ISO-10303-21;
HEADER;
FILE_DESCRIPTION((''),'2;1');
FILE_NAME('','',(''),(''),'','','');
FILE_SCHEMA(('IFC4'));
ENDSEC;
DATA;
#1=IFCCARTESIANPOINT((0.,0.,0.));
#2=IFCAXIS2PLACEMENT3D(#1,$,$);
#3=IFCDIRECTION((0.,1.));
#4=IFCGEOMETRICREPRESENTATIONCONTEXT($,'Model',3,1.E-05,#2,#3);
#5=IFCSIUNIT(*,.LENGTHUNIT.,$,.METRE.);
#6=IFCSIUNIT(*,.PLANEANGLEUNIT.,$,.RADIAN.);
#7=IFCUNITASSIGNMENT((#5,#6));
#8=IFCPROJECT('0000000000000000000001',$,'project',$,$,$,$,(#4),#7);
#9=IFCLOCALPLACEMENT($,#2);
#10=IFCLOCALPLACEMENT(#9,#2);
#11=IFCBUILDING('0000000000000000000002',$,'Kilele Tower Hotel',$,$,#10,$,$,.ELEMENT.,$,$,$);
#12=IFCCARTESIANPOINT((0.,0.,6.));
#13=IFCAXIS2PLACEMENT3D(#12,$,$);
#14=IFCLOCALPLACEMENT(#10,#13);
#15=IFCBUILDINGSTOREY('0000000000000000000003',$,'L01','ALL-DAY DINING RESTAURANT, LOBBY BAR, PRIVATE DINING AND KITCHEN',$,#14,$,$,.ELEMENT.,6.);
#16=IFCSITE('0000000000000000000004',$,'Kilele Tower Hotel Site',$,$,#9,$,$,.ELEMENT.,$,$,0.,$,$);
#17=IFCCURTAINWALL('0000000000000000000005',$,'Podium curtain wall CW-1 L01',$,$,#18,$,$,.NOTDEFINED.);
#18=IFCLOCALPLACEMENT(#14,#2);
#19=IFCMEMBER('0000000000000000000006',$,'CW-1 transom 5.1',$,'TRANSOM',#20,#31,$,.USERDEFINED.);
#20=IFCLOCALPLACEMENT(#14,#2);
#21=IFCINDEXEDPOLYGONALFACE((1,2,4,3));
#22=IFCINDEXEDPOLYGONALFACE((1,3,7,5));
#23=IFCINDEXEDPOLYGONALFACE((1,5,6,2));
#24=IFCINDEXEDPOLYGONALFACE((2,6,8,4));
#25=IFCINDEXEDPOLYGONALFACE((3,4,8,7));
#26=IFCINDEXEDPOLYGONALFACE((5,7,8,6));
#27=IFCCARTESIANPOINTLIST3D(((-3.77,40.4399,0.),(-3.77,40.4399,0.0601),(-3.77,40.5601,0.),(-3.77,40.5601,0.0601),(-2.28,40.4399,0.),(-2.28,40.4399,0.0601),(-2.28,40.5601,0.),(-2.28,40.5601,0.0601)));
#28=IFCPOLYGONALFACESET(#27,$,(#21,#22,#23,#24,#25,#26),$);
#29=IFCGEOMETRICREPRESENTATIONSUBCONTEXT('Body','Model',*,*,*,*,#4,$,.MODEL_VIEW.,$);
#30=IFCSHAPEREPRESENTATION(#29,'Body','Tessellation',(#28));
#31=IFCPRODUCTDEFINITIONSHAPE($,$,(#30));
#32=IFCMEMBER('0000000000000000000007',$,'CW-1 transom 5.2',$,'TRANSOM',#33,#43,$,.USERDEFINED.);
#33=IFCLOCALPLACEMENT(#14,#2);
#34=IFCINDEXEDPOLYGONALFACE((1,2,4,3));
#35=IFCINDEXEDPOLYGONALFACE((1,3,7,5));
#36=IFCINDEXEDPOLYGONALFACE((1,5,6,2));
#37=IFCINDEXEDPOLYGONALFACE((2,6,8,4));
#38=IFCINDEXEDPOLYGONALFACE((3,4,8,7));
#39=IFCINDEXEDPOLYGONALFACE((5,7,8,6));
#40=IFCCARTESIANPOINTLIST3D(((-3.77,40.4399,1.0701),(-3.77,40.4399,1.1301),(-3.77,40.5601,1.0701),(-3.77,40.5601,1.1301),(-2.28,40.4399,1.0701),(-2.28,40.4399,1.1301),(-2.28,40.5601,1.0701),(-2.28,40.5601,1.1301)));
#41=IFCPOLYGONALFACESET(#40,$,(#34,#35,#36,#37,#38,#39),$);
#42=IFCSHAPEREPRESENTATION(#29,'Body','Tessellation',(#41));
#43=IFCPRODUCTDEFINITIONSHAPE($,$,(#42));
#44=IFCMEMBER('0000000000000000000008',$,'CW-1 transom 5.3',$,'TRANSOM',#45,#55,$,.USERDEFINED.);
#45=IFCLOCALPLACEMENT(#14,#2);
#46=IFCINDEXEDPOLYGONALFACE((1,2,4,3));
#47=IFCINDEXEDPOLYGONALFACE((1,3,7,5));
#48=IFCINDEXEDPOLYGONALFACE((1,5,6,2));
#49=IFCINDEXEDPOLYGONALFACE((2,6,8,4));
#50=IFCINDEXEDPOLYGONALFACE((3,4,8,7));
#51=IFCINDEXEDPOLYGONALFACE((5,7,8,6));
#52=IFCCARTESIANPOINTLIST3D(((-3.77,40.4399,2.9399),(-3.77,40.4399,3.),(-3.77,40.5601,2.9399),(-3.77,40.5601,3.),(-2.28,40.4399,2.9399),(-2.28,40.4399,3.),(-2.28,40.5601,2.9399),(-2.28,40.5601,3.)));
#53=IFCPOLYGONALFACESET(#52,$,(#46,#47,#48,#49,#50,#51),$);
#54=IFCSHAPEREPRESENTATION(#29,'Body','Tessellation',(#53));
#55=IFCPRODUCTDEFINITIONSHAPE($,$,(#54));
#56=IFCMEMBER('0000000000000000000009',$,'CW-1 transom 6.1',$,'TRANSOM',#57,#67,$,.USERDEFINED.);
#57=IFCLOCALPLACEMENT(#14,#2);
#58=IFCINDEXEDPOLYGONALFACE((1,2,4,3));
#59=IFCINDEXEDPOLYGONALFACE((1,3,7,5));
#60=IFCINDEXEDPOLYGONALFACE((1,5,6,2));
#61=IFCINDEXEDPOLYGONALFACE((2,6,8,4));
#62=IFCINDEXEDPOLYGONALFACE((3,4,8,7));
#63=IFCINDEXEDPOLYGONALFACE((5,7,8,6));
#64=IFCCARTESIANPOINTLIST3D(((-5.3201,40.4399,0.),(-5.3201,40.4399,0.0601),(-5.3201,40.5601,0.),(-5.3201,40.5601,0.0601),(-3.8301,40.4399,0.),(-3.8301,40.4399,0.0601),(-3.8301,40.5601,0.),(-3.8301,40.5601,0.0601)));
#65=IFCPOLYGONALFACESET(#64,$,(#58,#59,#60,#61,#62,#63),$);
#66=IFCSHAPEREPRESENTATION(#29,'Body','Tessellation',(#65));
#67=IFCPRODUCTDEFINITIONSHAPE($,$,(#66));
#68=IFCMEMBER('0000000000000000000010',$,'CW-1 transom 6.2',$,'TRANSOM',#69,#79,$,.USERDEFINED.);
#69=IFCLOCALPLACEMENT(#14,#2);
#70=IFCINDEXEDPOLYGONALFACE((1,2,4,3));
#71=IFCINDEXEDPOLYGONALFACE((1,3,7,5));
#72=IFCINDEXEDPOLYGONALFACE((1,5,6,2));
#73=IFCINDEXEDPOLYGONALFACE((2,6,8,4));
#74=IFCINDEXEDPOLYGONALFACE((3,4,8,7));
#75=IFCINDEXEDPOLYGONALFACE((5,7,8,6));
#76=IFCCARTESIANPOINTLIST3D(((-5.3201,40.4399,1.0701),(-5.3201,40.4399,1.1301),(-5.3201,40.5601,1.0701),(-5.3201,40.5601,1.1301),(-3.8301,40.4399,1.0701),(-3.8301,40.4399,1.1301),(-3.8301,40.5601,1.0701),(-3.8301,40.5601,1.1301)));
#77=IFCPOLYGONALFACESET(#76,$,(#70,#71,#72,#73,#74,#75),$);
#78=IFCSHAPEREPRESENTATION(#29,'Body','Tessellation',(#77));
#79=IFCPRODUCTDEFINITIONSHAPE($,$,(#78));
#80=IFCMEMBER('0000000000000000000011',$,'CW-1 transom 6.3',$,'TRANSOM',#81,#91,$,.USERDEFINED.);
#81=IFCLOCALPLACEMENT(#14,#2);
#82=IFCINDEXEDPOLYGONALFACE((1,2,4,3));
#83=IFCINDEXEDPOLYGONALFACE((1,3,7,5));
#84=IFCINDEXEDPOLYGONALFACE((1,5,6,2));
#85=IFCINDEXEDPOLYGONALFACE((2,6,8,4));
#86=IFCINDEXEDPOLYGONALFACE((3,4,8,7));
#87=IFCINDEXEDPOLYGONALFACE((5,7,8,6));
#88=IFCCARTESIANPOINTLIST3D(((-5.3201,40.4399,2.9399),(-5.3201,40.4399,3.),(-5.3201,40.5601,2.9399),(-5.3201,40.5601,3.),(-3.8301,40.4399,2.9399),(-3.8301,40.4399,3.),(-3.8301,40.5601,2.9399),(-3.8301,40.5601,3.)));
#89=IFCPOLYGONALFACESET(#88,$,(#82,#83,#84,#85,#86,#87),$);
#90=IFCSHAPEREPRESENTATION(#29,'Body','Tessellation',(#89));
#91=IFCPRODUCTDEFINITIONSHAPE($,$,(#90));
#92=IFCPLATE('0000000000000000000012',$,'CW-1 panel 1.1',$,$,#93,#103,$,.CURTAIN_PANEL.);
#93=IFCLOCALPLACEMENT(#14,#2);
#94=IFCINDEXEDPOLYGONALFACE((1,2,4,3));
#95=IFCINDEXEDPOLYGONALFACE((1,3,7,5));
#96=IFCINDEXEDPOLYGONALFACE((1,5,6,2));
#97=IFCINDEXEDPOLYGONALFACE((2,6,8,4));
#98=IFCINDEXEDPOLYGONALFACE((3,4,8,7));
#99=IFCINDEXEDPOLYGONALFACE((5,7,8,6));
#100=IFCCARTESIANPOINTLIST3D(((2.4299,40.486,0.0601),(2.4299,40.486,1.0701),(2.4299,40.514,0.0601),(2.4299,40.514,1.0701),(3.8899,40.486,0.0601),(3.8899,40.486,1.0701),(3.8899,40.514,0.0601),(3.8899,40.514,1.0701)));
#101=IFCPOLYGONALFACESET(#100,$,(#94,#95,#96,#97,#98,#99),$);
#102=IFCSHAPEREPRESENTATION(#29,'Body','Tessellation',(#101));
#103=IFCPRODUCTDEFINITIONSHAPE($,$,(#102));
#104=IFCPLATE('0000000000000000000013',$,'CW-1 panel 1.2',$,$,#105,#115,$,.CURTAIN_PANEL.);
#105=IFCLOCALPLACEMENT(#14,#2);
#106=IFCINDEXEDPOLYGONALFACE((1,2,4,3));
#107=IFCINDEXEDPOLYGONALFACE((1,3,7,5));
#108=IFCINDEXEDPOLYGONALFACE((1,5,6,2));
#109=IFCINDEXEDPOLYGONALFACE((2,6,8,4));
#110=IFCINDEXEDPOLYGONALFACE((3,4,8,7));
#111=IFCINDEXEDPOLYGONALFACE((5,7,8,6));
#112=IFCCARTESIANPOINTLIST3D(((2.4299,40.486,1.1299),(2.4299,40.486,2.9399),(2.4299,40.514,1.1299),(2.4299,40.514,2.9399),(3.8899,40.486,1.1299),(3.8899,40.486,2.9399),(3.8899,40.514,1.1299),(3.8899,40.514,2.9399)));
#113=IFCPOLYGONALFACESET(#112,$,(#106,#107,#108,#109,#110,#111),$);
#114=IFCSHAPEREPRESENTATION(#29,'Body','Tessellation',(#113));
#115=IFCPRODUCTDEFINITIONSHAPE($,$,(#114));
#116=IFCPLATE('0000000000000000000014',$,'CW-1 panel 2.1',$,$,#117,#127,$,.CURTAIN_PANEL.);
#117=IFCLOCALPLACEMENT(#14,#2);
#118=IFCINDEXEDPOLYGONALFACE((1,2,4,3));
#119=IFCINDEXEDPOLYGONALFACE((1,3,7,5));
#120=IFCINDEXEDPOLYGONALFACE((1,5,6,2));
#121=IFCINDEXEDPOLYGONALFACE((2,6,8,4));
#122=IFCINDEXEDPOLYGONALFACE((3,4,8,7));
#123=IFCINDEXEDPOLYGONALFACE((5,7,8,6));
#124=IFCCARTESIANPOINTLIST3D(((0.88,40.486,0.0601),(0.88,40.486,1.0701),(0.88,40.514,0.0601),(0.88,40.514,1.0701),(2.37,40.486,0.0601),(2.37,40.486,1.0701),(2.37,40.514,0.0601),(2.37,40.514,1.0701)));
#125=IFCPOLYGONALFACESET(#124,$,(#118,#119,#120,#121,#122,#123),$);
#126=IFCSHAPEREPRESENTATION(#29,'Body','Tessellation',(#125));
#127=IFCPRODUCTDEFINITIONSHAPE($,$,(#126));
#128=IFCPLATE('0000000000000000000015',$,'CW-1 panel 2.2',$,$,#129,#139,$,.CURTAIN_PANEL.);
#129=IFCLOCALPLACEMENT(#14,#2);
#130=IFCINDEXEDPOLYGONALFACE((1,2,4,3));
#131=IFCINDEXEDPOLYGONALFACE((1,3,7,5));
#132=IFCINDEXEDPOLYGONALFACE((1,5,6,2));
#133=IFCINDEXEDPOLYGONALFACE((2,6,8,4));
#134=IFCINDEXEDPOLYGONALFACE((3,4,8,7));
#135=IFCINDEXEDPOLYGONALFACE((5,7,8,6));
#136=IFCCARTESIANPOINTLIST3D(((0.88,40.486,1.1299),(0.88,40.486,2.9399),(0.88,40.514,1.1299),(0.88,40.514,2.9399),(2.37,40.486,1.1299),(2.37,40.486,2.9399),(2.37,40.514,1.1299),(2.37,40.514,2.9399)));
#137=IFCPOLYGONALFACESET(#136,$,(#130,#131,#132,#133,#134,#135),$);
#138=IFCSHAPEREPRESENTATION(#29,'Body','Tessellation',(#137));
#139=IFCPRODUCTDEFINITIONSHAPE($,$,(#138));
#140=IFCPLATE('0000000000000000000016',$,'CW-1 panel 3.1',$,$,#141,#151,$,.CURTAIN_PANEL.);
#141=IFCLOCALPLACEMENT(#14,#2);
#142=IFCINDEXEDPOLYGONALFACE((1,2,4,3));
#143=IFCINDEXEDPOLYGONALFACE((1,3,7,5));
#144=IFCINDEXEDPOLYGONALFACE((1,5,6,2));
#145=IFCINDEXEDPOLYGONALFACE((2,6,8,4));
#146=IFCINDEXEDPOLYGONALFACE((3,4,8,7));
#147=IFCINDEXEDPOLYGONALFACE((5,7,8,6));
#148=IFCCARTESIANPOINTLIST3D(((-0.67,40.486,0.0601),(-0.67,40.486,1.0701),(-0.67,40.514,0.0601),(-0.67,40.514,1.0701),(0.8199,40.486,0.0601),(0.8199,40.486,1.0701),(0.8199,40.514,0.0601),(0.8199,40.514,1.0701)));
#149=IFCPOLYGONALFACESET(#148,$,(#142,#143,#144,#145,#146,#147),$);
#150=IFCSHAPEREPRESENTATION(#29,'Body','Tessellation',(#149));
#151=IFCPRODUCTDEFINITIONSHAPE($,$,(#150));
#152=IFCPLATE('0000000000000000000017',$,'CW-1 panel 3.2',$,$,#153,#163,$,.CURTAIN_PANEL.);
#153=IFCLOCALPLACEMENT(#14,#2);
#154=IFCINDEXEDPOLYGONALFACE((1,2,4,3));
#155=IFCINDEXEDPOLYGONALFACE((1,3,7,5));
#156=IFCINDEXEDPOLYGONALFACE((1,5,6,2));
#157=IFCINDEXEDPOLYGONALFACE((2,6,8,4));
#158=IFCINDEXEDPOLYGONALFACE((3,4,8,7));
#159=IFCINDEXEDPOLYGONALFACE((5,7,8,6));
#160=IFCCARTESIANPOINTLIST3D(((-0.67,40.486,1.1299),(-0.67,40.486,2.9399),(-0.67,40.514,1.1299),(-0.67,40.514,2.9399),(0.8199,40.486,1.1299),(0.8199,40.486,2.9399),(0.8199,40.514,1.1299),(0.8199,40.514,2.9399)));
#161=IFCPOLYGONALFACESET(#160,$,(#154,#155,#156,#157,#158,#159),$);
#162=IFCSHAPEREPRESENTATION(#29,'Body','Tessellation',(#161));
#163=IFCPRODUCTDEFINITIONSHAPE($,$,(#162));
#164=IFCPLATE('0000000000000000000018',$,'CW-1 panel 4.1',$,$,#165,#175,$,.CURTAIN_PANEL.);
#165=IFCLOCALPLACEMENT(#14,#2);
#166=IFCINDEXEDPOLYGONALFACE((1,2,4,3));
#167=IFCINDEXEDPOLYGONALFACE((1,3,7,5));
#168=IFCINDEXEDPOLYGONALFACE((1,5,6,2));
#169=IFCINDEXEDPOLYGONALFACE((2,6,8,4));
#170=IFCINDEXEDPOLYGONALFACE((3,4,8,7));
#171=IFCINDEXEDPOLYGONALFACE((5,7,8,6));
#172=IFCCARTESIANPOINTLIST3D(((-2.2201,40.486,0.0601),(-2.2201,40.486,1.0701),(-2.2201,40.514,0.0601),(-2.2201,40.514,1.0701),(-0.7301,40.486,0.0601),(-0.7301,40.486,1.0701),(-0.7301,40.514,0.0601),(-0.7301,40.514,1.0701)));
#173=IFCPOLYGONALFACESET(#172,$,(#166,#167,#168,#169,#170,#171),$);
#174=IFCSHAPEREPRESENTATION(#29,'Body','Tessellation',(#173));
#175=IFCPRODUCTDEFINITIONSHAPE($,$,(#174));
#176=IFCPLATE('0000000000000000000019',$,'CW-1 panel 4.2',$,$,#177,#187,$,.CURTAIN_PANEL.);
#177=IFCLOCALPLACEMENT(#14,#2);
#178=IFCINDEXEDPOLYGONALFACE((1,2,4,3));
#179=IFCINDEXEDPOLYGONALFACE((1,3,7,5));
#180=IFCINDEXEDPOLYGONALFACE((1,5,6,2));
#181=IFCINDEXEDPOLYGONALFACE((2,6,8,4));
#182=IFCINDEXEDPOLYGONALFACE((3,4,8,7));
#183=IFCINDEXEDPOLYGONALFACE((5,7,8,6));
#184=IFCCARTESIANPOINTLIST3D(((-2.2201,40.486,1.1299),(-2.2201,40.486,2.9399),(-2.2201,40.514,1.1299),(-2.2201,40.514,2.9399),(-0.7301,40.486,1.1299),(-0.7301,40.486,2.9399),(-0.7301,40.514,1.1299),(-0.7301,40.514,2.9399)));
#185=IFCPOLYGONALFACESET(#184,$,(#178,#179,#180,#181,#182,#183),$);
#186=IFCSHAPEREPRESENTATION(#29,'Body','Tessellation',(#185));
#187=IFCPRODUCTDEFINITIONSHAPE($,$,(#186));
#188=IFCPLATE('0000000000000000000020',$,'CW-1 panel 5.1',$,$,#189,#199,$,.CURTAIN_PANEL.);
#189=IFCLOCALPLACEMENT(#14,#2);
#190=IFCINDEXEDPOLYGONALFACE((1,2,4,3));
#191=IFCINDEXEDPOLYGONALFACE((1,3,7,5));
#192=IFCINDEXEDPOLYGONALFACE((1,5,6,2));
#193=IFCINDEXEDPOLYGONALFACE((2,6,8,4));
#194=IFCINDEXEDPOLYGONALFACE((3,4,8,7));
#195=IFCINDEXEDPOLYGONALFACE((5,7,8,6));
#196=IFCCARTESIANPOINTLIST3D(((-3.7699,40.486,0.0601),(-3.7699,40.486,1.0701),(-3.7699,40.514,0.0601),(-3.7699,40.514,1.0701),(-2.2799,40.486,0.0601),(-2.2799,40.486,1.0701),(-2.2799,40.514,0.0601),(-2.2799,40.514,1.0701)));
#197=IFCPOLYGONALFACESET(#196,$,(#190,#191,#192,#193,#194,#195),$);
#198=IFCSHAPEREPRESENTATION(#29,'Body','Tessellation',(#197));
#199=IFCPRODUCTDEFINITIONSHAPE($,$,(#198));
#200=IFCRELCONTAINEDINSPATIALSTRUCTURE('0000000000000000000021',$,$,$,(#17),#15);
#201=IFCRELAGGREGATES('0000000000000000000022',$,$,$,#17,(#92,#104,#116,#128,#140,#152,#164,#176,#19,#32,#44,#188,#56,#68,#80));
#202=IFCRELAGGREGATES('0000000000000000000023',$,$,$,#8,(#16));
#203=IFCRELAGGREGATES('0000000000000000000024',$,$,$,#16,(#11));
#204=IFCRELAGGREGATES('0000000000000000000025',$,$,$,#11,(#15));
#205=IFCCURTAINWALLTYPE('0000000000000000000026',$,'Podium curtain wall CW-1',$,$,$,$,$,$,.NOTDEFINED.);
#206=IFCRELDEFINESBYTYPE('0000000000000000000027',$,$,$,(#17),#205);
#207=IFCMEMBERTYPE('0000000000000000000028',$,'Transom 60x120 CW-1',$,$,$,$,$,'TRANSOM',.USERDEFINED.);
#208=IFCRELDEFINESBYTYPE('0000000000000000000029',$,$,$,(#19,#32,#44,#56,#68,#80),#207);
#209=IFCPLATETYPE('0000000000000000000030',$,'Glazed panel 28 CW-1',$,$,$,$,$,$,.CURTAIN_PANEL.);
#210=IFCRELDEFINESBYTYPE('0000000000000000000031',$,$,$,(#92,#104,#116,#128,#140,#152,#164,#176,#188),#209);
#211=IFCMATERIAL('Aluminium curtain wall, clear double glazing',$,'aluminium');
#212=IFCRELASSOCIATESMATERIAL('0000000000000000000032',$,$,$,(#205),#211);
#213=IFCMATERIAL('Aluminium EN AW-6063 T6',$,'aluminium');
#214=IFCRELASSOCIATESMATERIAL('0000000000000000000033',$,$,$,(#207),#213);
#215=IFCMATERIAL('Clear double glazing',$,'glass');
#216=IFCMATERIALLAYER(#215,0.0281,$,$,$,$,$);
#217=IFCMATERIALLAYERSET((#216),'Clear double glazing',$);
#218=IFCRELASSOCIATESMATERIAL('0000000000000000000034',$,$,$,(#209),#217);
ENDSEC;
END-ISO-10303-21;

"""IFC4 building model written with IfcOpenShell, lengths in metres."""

from ifc_helpers import new_model, si_unit, direction, frame, origin, origin_2d, place, context, subcontext, project, spatial, rectangle, extrude, material, layer, layer_set, material_profile, profile_set, type_object, element, aggregate, save


model = new_model("IFC4")

# Units and contexts
model_context = context("Model", 3, precision=1e-05, world=origin(), true_north=direction((0.0, 1.0)))
body_context = subcontext(model_context, "Body", "Model", "MODEL_VIEW")
ifc_project = project(units=[si_unit("LENGTHUNIT", "METRE"), si_unit("PLANEANGLEUNIT", "RADIAN")], contexts=[model_context])

# Site, building, storey
site_placement = place(None, origin())
site = spatial("IfcSite", under=ifc_project, at=site_placement, Name="Kilele Tower Hotel Site", CompositionType="ELEMENT", RefElevation=0.0)
building_placement = place(site_placement, origin())
building = spatial("IfcBuilding", under=site, at=building_placement, Name="Kilele Tower Hotel", CompositionType="ELEMENT")
storey_placement = place(building_placement, frame((0.0, 0.0, 6.0)))
storey = spatial("IfcBuildingStorey", under=building, at=storey_placement, Name="L01", Description="ALL-DAY DINING RESTAURANT, LOBBY BAR, PRIVATE DINING AND KITCHEN", CompositionType="ELEMENT", Elevation=6.0)

# Curtain wall, members, plates
ifc_material_1 = material(Name="Aluminium curtain wall, clear double glazing", Category="aluminium")
curtain_wall_type = type_object("IfcCurtainWallType", Name="Podium curtain wall CW-1", PredefinedType="NOTDEFINED", material=ifc_material_1)
curtain_wall_placement = place(storey_placement, origin())
curtain_wall = element("IfcCurtainWall", 1, at=curtain_wall_placement, inside=storey, type_object=curtain_wall_type, Name="Podium curtain wall CW-1 L01", PredefinedType="NOTDEFINED")
ifc_material_2 = material(Name="Aluminium EN AW-6063 T6", Category="aluminium")
ifc_material_profile_1 = material_profile(ifc_material_2, rectangle(XDim=0.1201, YDim=0.0601, at=origin_2d()))
ifc_profile_set_1 = profile_set([ifc_material_profile_1], Name="Aluminium EN AW-6063 T6")
member_type_1 = type_object("IfcMemberType", Name="Transom 60x120 CW-1", ElementType="TRANSOM", PredefinedType="USERDEFINED", material=ifc_profile_set_1)
member_1_placement = place(storey_placement, frame((-2.28, 40.5, 0.03), z_axis=(-1.0, 0.0, 0.0), x_axis=(0.0, -1.0, 0.0)))
member_1 = element("IfcMember", 2, at=member_1_placement, type_object=member_type_1, Name="CW-1 transom 5.1", ObjectType="TRANSOM", PredefinedType="USERDEFINED", context=body_context, shape_type="SweptSolid", body=[
    extrude(rectangle(XDim=0.1201, YDim=0.0601, at=origin_2d()), origin(), (0.0, 0.0, 1.0), 1.49),
])
member_2_placement = place(storey_placement, frame((-2.28, 40.5, 1.1001), z_axis=(-1.0, 0.0, 0.0), x_axis=(0.0, -1.0, 0.0)))
member_2 = element("IfcMember", 3, at=member_2_placement, type_object=member_type_1, Name="CW-1 transom 5.2", ObjectType="TRANSOM", PredefinedType="USERDEFINED", context=body_context, shape_type="SweptSolid", body=[
    extrude(rectangle(XDim=0.1201, YDim=0.0601, at=origin_2d()), origin(), (0.0, 0.0, 1.0), 1.49),
])
member_3_placement = place(storey_placement, frame((-2.28, 40.5, 2.97), z_axis=(-1.0, 0.0, 0.0), x_axis=(0.0, -1.0, 0.0)))
member_3 = element("IfcMember", 4, at=member_3_placement, type_object=member_type_1, Name="CW-1 transom 5.3", ObjectType="TRANSOM", PredefinedType="USERDEFINED", context=body_context, shape_type="SweptSolid", body=[
    extrude(rectangle(XDim=0.1201, YDim=0.0601, at=origin_2d()), origin(), (0.0, 0.0, 1.0), 1.49),
])
member_4_placement = place(storey_placement, frame((-3.8301, 40.5, 0.03), z_axis=(-1.0, 0.0, 0.0), x_axis=(0.0, -1.0, 0.0)))
member_4 = element("IfcMember", 5, at=member_4_placement, type_object=member_type_1, Name="CW-1 transom 6.1", ObjectType="TRANSOM", PredefinedType="USERDEFINED", context=body_context, shape_type="SweptSolid", body=[
    extrude(rectangle(XDim=0.1201, YDim=0.0601, at=origin_2d()), origin(), (0.0, 0.0, 1.0), 1.49),
])
member_5_placement = place(storey_placement, frame((-3.8301, 40.5, 1.1001), z_axis=(-1.0, 0.0, 0.0), x_axis=(0.0, -1.0, 0.0)))
member_5 = element("IfcMember", 6, at=member_5_placement, type_object=member_type_1, Name="CW-1 transom 6.2", ObjectType="TRANSOM", PredefinedType="USERDEFINED", context=body_context, shape_type="SweptSolid", body=[
    extrude(rectangle(XDim=0.1201, YDim=0.0601, at=origin_2d()), origin(), (0.0, 0.0, 1.0), 1.49),
])
member_6_placement = place(storey_placement, frame((-3.8301, 40.5, 2.97), z_axis=(-1.0, 0.0, 0.0), x_axis=(0.0, -1.0, 0.0)))
member_6 = element("IfcMember", 7, at=member_6_placement, type_object=member_type_1, Name="CW-1 transom 6.3", ObjectType="TRANSOM", PredefinedType="USERDEFINED", context=body_context, shape_type="SweptSolid", body=[
    extrude(rectangle(XDim=0.1201, YDim=0.0601, at=origin_2d()), origin(), (0.0, 0.0, 1.0), 1.49),
])
ifc_material_3 = material(Name="Clear double glazing", Category="glass")
ifc_layer = layer(ifc_material_3, 0.0281)
ifc_layer_set = layer_set([ifc_layer], Name="Clear double glazing")
plate_type = type_object("IfcPlateType", Name="Glazed panel 28 CW-1", PredefinedType="CURTAIN_PANEL", material=ifc_layer_set)
plate_1_placement = place(storey_placement, frame((3.1599, 40.5, 0.0601), z_axis=(0.0, 0.0, 1.0), x_axis=(-1.0, 0.0, 0.0)))
plate_1 = element("IfcPlate", 8, at=plate_1_placement, type_object=plate_type, Name="CW-1 panel 1.1", PredefinedType="CURTAIN_PANEL", context=body_context, shape_type="SweptSolid", body=[
    extrude(rectangle(XDim=1.46, YDim=0.0281, at=origin_2d()), origin(), (0.0, 0.0, 1.0), 1.01),
])
plate_2_placement = place(storey_placement, frame((3.1599, 40.5, 1.1299), z_axis=(0.0, 0.0, 1.0), x_axis=(-1.0, 0.0, 0.0)))
plate_2 = element("IfcPlate", 9, at=plate_2_placement, type_object=plate_type, Name="CW-1 panel 1.2", PredefinedType="CURTAIN_PANEL", context=body_context, shape_type="SweptSolid", body=[
    extrude(rectangle(XDim=1.46, YDim=0.0281, at=origin_2d()), origin(), (0.0, 0.0, 1.0), 1.8101),
])
plate_3_placement = place(storey_placement, frame((1.625, 40.5, 0.0601), z_axis=(0.0, 0.0, 1.0), x_axis=(-1.0, 0.0, 0.0)))
plate_3 = element("IfcPlate", 10, at=plate_3_placement, type_object=plate_type, Name="CW-1 panel 2.1", PredefinedType="CURTAIN_PANEL", context=body_context, shape_type="SweptSolid", body=[
    extrude(rectangle(XDim=1.49, YDim=0.0281, at=origin_2d()), origin(), (0.0, 0.0, 1.0), 1.01),
])
plate_4_placement = place(storey_placement, frame((1.625, 40.5, 1.1299), z_axis=(0.0, 0.0, 1.0), x_axis=(-1.0, 0.0, 0.0)))
plate_4 = element("IfcPlate", 11, at=plate_4_placement, type_object=plate_type, Name="CW-1 panel 2.2", PredefinedType="CURTAIN_PANEL", context=body_context, shape_type="SweptSolid", body=[
    extrude(rectangle(XDim=1.49, YDim=0.0281, at=origin_2d()), origin(), (0.0, 0.0, 1.0), 1.8101),
])
plate_5_placement = place(storey_placement, frame((0.075, 40.5, 0.0601), z_axis=(0.0, 0.0, 1.0), x_axis=(-1.0, 0.0, 0.0)))
plate_5 = element("IfcPlate", 12, at=plate_5_placement, type_object=plate_type, Name="CW-1 panel 3.1", PredefinedType="CURTAIN_PANEL", context=body_context, shape_type="SweptSolid", body=[
    extrude(rectangle(XDim=1.49, YDim=0.0281, at=origin_2d()), origin(), (0.0, 0.0, 1.0), 1.01),
])
plate_6_placement = place(storey_placement, frame((0.075, 40.5, 1.1299), z_axis=(0.0, 0.0, 1.0), x_axis=(-1.0, 0.0, 0.0)))
plate_6 = element("IfcPlate", 13, at=plate_6_placement, type_object=plate_type, Name="CW-1 panel 3.2", PredefinedType="CURTAIN_PANEL", context=body_context, shape_type="SweptSolid", body=[
    extrude(rectangle(XDim=1.49, YDim=0.0281, at=origin_2d()), origin(), (0.0, 0.0, 1.0), 1.8101),
])
plate_7_placement = place(storey_placement, frame((-1.4751, 40.5, 0.0601), z_axis=(0.0, 0.0, 1.0), x_axis=(-1.0, 0.0, 0.0)))
plate_7 = element("IfcPlate", 14, at=plate_7_placement, type_object=plate_type, Name="CW-1 panel 4.1", PredefinedType="CURTAIN_PANEL", context=body_context, shape_type="SweptSolid", body=[
    extrude(rectangle(XDim=1.49, YDim=0.0281, at=origin_2d()), origin(), (0.0, 0.0, 1.0), 1.01),
])
plate_8_placement = place(storey_placement, frame((-1.4751, 40.5, 1.1299), z_axis=(0.0, 0.0, 1.0), x_axis=(-1.0, 0.0, 0.0)))
plate_8 = element("IfcPlate", 15, at=plate_8_placement, type_object=plate_type, Name="CW-1 panel 4.2", PredefinedType="CURTAIN_PANEL", context=body_context, shape_type="SweptSolid", body=[
    extrude(rectangle(XDim=1.49, YDim=0.0281, at=origin_2d()), origin(), (0.0, 0.0, 1.0), 1.8101),
])
plate_9_placement = place(storey_placement, frame((-3.0249, 40.5, 0.0601), z_axis=(0.0, 0.0, 1.0), x_axis=(-1.0, 0.0, 0.0)))
plate_9 = element("IfcPlate", 16, at=plate_9_placement, type_object=plate_type, Name="CW-1 panel 5.1", PredefinedType="CURTAIN_PANEL", context=body_context, shape_type="SweptSolid", body=[
    extrude(rectangle(XDim=1.49, YDim=0.0281, at=origin_2d()), origin(), (0.0, 0.0, 1.0), 1.01),
])
aggregate(curtain_wall, [plate_1, plate_2, plate_3, plate_4, plate_5, plate_6, plate_7, plate_8, member_1, member_2, member_3, plate_9, member_4, member_5, member_6])

save(model, "model.ifc")
